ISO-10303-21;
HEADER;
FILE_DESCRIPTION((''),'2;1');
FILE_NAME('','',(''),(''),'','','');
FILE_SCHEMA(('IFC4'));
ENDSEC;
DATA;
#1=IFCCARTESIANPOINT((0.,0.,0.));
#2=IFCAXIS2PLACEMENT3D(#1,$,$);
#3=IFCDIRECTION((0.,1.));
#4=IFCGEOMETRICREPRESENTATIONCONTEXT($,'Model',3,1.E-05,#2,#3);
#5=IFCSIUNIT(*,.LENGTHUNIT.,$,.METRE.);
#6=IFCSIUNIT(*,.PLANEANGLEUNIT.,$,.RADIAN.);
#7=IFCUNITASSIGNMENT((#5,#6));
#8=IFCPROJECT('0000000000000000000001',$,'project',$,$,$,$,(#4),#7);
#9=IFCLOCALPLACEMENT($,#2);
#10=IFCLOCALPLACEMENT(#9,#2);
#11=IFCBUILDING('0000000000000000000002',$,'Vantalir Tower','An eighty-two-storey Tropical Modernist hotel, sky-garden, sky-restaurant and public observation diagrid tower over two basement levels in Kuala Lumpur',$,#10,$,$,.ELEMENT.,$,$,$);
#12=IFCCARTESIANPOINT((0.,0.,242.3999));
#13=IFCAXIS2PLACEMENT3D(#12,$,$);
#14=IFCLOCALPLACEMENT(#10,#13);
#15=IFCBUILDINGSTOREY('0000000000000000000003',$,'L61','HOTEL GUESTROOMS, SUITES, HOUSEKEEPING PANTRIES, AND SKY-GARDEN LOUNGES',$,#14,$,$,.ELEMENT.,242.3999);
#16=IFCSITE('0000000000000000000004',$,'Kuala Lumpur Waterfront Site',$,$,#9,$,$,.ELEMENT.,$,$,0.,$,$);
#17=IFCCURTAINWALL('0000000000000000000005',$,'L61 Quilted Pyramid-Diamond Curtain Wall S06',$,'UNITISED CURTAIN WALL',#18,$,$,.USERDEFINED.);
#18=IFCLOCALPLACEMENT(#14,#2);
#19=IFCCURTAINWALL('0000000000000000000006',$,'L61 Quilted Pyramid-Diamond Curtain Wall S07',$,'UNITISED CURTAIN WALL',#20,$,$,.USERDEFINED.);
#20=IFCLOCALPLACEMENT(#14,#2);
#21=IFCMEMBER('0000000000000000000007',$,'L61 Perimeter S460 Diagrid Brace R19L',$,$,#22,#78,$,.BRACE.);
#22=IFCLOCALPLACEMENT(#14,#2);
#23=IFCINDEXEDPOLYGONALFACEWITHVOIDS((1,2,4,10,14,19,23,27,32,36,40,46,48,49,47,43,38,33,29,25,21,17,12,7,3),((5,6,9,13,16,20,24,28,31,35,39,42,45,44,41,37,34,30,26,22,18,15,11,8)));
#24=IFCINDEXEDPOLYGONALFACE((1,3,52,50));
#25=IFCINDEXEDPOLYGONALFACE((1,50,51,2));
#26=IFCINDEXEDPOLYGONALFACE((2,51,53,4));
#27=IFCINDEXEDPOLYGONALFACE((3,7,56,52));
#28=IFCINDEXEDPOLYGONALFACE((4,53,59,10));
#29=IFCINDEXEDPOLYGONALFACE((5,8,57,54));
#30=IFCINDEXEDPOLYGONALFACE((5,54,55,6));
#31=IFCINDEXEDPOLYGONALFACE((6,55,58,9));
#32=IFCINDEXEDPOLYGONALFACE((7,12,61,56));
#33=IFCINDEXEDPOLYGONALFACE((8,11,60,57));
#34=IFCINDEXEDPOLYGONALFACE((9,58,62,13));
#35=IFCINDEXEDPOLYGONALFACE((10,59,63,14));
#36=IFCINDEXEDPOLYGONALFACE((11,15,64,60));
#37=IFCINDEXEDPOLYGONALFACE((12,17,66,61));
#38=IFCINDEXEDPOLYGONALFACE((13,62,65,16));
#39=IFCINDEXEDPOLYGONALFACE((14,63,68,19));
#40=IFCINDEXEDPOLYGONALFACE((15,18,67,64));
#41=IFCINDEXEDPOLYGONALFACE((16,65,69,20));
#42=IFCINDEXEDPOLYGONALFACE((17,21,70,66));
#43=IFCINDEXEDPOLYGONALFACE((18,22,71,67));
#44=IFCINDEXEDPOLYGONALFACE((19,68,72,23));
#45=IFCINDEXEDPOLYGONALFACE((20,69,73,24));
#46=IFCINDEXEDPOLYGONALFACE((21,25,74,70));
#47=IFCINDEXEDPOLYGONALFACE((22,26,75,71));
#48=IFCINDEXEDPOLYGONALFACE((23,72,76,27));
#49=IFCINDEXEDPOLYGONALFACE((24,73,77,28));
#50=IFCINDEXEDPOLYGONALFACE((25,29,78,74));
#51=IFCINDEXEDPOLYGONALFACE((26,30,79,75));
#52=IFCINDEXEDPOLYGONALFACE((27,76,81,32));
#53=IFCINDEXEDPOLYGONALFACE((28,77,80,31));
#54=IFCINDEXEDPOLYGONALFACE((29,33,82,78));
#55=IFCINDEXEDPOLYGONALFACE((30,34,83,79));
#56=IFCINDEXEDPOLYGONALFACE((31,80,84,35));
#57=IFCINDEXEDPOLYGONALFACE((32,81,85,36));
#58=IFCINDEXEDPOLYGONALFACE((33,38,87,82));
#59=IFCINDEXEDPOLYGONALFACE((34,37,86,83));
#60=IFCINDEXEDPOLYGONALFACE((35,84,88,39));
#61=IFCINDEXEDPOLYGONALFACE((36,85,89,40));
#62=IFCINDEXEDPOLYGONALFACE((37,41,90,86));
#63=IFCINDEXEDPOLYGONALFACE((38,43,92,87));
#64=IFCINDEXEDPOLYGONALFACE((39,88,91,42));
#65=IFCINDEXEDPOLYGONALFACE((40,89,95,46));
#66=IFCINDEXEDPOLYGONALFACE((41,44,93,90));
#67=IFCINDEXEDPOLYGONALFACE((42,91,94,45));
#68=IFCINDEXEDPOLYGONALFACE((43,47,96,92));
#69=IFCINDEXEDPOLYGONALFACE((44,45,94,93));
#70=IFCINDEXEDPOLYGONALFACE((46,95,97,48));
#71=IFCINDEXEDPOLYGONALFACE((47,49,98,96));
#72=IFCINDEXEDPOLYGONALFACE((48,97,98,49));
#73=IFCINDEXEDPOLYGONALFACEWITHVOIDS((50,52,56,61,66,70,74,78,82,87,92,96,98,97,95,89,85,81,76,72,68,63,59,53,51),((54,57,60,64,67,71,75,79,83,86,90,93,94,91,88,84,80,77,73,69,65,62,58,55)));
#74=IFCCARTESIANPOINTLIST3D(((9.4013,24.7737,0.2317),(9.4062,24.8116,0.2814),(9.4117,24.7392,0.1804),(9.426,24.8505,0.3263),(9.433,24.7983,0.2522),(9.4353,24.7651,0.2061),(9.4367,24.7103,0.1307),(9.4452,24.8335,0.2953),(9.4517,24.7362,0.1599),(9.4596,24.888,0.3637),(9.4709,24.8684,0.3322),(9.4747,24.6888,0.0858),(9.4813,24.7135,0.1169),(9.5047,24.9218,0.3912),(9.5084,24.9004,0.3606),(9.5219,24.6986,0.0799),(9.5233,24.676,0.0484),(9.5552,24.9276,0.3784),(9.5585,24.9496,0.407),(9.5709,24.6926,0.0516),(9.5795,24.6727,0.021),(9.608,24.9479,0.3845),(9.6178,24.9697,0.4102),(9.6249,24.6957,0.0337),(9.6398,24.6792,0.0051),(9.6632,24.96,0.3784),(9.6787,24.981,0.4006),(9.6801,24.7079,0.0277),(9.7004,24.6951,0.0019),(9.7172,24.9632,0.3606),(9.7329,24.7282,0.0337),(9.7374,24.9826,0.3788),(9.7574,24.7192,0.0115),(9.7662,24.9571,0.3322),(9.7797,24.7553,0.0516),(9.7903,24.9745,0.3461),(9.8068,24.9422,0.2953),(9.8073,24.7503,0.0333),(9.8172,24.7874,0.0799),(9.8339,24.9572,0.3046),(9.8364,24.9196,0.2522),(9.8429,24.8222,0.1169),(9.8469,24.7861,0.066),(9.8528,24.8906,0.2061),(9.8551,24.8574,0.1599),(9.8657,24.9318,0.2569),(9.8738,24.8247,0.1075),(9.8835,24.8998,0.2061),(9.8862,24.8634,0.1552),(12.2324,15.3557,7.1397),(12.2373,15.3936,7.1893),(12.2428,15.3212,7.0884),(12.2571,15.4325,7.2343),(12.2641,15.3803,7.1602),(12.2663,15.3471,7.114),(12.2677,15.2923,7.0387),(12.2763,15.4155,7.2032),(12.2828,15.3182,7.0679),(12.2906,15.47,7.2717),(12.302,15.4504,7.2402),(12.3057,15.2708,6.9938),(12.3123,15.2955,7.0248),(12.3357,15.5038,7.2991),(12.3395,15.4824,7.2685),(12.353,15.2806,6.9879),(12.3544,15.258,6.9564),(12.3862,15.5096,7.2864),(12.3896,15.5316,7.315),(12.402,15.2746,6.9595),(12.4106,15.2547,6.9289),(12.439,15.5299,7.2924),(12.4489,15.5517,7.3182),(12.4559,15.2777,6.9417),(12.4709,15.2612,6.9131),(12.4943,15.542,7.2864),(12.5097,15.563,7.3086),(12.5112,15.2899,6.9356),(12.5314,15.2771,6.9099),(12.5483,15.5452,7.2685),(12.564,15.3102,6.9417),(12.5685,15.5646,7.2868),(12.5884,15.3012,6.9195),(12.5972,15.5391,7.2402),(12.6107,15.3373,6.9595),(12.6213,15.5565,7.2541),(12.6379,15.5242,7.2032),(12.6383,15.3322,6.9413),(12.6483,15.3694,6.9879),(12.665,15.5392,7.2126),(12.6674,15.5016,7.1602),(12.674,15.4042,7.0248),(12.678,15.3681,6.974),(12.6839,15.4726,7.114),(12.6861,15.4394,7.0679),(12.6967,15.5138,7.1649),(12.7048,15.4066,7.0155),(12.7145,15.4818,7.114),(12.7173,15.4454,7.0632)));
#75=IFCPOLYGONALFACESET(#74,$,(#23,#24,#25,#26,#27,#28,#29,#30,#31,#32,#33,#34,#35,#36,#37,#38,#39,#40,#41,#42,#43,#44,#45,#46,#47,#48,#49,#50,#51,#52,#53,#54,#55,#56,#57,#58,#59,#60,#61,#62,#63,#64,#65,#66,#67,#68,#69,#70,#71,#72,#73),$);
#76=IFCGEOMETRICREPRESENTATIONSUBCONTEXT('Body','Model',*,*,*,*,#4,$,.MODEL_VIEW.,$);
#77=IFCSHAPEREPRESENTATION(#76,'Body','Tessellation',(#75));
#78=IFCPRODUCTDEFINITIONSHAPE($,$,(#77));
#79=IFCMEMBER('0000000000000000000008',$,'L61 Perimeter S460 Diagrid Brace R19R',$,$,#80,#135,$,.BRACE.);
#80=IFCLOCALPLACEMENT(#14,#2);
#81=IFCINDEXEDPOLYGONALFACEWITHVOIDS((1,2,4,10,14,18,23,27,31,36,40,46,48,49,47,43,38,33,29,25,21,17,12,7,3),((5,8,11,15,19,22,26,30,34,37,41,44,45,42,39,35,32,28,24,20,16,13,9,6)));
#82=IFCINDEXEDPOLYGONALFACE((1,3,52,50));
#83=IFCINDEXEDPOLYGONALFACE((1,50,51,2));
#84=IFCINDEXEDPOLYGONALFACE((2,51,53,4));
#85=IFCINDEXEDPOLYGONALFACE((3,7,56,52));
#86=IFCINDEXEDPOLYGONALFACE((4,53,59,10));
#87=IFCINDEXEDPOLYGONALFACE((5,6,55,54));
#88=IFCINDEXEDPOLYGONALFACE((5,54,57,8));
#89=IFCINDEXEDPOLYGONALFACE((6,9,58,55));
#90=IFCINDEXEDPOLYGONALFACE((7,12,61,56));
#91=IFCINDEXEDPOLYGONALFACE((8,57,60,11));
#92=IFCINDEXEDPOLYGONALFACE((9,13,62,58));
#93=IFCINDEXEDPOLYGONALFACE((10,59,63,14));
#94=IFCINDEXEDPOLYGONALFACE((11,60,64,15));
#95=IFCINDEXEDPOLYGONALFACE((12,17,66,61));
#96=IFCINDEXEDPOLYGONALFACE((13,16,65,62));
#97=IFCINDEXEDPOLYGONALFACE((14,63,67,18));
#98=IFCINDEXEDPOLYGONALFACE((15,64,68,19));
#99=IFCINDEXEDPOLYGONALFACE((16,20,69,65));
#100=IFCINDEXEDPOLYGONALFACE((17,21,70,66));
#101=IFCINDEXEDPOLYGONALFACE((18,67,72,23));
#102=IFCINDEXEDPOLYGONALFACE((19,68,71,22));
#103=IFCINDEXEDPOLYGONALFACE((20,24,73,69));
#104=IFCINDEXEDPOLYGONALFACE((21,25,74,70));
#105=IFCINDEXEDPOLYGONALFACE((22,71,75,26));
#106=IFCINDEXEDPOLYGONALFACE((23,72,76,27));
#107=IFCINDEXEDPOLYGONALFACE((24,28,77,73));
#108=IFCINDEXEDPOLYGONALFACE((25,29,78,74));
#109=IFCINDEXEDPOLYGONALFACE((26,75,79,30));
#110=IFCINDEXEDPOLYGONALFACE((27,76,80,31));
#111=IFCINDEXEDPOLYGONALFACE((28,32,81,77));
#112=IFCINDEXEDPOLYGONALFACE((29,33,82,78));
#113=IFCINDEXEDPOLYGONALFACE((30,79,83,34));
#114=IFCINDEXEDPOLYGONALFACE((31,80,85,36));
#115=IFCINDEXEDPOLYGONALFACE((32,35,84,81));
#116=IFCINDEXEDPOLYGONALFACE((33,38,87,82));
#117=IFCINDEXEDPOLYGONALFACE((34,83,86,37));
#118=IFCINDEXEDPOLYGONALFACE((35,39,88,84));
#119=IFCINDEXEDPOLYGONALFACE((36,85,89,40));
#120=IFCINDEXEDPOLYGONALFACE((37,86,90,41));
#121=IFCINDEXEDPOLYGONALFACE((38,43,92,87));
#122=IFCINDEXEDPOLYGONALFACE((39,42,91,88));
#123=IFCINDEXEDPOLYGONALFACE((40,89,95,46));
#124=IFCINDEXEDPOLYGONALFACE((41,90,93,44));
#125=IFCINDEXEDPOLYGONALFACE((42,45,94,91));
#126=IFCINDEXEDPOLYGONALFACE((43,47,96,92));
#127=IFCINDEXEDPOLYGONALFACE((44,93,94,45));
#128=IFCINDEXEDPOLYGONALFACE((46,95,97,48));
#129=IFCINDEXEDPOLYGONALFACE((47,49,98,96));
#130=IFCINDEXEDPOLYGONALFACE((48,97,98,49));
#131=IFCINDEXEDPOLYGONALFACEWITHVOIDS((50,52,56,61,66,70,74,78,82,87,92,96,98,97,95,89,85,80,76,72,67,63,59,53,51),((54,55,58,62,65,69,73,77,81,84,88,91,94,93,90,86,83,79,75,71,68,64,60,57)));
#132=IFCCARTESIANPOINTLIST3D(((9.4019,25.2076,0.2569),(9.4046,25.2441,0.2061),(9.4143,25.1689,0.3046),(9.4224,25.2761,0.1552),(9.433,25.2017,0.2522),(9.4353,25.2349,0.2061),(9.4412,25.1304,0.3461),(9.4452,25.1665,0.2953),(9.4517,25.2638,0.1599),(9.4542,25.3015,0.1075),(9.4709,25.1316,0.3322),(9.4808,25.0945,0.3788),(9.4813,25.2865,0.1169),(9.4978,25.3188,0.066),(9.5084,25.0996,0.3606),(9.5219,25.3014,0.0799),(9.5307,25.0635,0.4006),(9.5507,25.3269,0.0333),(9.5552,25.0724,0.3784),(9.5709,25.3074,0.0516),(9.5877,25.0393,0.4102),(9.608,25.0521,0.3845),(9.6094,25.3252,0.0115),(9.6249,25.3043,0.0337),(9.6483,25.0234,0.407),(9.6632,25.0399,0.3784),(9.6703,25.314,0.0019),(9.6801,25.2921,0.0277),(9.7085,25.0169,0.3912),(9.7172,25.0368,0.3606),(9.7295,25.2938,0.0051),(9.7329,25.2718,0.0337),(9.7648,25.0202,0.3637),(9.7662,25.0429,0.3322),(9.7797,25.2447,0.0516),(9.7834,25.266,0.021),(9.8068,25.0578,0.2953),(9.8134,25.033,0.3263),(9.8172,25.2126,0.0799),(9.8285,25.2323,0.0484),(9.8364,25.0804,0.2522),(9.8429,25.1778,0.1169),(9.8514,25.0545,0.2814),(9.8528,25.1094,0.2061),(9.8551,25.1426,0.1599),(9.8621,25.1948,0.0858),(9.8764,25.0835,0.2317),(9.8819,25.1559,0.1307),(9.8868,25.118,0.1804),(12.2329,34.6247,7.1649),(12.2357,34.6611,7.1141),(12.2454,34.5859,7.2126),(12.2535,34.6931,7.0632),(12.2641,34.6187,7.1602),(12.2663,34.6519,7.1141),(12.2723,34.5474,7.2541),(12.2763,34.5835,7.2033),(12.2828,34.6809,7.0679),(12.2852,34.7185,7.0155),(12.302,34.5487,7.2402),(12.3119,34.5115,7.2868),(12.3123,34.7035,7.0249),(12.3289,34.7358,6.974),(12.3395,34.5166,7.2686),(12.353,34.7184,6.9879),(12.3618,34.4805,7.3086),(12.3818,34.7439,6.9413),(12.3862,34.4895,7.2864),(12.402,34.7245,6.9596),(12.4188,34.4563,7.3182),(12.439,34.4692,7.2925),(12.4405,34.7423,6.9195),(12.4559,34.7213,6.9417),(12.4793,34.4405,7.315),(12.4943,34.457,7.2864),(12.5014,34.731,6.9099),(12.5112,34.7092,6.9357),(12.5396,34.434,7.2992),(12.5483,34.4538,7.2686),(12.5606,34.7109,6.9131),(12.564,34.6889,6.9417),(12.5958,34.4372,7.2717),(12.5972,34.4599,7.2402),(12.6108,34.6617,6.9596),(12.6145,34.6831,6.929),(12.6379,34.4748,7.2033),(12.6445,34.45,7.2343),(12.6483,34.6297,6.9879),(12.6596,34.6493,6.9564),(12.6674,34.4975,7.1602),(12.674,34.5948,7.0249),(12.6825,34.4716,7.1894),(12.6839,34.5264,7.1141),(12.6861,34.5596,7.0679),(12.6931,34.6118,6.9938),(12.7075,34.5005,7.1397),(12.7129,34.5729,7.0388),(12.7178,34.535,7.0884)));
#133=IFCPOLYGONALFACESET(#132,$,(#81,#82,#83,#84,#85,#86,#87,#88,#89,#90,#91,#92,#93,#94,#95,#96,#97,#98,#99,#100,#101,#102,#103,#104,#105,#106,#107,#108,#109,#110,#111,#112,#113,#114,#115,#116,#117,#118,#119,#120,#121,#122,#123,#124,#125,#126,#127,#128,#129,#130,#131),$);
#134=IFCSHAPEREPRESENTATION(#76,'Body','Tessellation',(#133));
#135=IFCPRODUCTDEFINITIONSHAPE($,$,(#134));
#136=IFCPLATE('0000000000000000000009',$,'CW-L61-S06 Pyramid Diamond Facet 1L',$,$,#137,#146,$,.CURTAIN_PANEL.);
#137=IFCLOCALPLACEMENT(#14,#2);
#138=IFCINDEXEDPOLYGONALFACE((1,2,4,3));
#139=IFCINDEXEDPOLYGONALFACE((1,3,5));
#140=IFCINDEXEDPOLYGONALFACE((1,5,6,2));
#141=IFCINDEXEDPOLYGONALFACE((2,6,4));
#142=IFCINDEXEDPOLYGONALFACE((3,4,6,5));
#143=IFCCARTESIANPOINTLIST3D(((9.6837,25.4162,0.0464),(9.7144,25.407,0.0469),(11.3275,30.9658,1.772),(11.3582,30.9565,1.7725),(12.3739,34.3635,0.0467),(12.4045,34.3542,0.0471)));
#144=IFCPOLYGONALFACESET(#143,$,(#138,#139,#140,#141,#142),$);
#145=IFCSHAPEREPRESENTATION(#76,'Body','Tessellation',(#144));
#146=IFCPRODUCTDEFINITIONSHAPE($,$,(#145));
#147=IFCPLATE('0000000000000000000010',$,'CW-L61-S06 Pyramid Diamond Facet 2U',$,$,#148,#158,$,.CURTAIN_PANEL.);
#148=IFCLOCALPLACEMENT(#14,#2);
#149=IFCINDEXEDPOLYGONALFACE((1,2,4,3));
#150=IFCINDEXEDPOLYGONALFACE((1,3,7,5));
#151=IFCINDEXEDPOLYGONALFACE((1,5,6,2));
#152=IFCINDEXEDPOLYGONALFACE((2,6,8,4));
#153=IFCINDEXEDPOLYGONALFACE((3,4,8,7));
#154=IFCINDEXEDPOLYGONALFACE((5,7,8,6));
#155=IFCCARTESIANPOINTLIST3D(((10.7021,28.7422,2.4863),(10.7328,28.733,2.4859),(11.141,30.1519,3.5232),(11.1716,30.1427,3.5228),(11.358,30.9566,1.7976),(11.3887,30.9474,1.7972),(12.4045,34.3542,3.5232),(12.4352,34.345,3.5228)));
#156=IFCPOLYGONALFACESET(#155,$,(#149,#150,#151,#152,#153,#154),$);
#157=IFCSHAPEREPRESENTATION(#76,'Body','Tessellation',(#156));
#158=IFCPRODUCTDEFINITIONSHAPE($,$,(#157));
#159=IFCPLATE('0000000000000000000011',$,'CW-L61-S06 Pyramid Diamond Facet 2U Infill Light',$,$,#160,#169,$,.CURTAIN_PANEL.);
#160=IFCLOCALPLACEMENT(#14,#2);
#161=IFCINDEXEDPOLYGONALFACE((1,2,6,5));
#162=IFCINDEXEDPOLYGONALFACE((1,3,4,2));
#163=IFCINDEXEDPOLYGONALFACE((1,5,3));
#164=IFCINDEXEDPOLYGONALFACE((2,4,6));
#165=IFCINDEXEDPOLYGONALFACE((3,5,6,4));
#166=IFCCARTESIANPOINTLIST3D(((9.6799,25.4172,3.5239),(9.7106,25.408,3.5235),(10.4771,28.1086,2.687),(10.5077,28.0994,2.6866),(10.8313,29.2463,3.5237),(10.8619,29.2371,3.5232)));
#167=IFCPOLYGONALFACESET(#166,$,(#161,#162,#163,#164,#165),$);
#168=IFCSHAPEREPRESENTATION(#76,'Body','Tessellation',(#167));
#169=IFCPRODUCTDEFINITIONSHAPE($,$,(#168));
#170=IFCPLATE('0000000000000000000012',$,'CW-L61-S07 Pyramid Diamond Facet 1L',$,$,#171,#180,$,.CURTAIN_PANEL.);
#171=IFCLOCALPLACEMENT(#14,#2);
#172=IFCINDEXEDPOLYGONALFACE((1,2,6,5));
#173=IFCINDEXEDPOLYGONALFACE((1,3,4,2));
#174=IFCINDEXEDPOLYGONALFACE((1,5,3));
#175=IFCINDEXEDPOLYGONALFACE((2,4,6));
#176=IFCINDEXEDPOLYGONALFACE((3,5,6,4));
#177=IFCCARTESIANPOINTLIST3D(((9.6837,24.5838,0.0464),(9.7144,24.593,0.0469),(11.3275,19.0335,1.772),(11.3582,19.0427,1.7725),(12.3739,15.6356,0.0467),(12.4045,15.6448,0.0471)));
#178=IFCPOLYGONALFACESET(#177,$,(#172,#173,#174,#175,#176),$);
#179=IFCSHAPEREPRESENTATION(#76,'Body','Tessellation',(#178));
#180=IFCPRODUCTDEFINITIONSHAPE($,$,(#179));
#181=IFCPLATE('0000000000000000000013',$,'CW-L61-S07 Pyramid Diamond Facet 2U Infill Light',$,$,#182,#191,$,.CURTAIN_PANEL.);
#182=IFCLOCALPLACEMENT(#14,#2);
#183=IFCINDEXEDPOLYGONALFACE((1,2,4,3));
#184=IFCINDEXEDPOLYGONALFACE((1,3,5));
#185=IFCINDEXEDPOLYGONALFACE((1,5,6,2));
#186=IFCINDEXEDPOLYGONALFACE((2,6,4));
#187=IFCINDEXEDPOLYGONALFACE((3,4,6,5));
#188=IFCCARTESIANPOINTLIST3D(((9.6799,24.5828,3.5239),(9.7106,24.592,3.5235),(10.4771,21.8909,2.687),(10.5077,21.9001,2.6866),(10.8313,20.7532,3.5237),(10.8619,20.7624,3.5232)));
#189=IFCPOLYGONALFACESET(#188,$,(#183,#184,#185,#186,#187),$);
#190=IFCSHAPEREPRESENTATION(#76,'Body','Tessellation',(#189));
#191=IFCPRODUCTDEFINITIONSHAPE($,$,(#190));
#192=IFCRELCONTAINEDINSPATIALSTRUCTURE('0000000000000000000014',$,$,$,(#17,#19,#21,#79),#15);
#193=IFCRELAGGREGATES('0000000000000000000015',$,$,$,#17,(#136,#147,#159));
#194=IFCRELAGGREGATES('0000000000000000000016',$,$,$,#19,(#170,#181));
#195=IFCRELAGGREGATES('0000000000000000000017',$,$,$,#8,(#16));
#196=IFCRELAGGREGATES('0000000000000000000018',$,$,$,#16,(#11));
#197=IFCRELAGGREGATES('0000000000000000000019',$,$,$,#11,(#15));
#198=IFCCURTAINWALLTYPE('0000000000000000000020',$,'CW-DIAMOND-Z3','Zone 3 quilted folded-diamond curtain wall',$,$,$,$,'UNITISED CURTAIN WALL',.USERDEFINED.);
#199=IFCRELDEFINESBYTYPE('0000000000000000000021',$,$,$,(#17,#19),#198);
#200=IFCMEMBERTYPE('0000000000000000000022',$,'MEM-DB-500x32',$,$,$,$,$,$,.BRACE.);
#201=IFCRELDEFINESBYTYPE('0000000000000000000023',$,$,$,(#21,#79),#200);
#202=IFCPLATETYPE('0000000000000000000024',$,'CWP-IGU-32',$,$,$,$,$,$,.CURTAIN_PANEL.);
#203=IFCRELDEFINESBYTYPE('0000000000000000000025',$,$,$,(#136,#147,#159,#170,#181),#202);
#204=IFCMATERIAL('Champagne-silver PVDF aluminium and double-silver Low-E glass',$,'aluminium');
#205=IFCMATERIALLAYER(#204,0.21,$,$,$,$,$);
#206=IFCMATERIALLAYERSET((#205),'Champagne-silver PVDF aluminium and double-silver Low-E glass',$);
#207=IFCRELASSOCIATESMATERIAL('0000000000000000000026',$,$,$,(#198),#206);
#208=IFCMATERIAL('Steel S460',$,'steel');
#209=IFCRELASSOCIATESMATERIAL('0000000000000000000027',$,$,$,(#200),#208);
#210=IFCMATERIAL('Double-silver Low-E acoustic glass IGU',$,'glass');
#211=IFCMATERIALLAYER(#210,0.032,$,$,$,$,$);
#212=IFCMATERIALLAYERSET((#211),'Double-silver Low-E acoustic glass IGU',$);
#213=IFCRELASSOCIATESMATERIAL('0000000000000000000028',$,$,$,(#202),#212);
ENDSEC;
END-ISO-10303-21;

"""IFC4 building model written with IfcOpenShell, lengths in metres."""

from ifc_helpers import new_model, si_unit, direction, frame, origin, origin_2d, place, context, subcontext, project, spatial, polyline, hollow_circle, outline, extrude, material, layer, layer_set, material_profile, profile_set, type_object, element, aggregate, save


model = new_model("IFC4")

# Units and contexts
model_context = context("Model", 3, precision=1e-05, world=origin(), true_north=direction((0.0, 1.0)))
body_context = subcontext(model_context, "Body", "Model", "MODEL_VIEW")
ifc_project = project(units=[si_unit("LENGTHUNIT", "METRE"), si_unit("PLANEANGLEUNIT", "RADIAN")], contexts=[model_context])

# Site, building, storey
site_placement = place(None, origin())
site = spatial("IfcSite", under=ifc_project, at=site_placement, Name="Kuala Lumpur Waterfront Site", CompositionType="ELEMENT", RefElevation=0.0)
building_placement = place(site_placement, origin())
building = spatial("IfcBuilding", under=site, at=building_placement, Name="Vantalir Tower", Description="An eighty-two-storey Tropical Modernist hotel, sky-garden, sky-restaurant and public observation diagrid tower over two basement levels in Kuala Lumpur", CompositionType="ELEMENT")
storey_placement = place(building_placement, frame((0.0, 0.0, 242.3999)))
storey = spatial("IfcBuildingStorey", under=building, at=storey_placement, Name="L61", Description="HOTEL GUESTROOMS, SUITES, HOUSEKEEPING PANTRIES, AND SKY-GARDEN LOUNGES", CompositionType="ELEMENT", Elevation=242.3999)

# Shared definitions
ifc_material_1 = material(Name="Steel S460", Category="steel")

# Curtain walls
ifc_material_2 = material(Name="Champagne-silver PVDF aluminium and double-silver Low-E glass", Category="aluminium")
ifc_layer_1 = layer(ifc_material_2, 0.21)
ifc_layer_set_1 = layer_set([ifc_layer_1], Name="Champagne-silver PVDF aluminium and double-silver Low-E glass")
curtain_wall_type = type_object("IfcCurtainWallType", Name="CW-DIAMOND-Z3", Description="Zone 3 quilted folded-diamond curtain wall", ElementType="UNITISED CURTAIN WALL", PredefinedType="USERDEFINED", material=ifc_layer_set_1)
curtain_wall_1_placement = place(storey_placement, origin())
curtain_wall_1 = element("IfcCurtainWall", 1, at=curtain_wall_1_placement, inside=storey, type_object=curtain_wall_type, Name="L61 Quilted Pyramid-Diamond Curtain Wall S06", ObjectType="UNITISED CURTAIN WALL", PredefinedType="USERDEFINED")
curtain_wall_2_placement = place(storey_placement, origin())
curtain_wall_2 = element("IfcCurtainWall", 2, at=curtain_wall_2_placement, inside=storey, type_object=curtain_wall_type, Name="L61 Quilted Pyramid-Diamond Curtain Wall S07", ObjectType="UNITISED CURTAIN WALL", PredefinedType="USERDEFINED")

# Members
ifc_material_profile_1 = material_profile(ifc_material_1, hollow_circle(Radius=0.25, WallThickness=0.032, at=origin_2d()), Name="Steel S460")
ifc_profile_set_1 = profile_set([ifc_material_profile_1], Name="Steel S460")
member_type_1 = type_object("IfcMemberType", Name="MEM-DB-500x32", PredefinedType="BRACE", material=ifc_profile_set_1)
member_1_placement = place(storey_placement, frame((9.644, 24.8279, 0.2061), z_axis=(0.235567, -0.783654, 0.5748), x_axis=(0.957668, 0.287876, 0.0)))
element("IfcMember", 3, at=member_1_placement, inside=storey, type_object=member_type_1, Name="L61 Perimeter S460 Diagrid Brace R19L", PredefinedType="BRACE", context=body_context, shape_type="SweptSolid", body=[
    extrude(hollow_circle(Radius=0.25, WallThickness=0.032, at=origin_2d()), origin(), (0.0, 0.0, 1.0), 12.0181),
])
member_2_placement = place(storey_placement, frame((9.644, 25.1721, 0.2061), z_axis=(0.235582, 0.783622, 0.574836), x_axis=(-0.957659, 0.287904, 0.0)))
element("IfcMember", 4, at=member_2_placement, inside=storey, type_object=member_type_1, Name="L61 Perimeter S460 Diagrid Brace R19R", PredefinedType="BRACE", context=body_context, shape_type="SweptSolid", body=[
    extrude(hollow_circle(Radius=0.25, WallThickness=0.032, at=origin_2d()), origin(), (0.0, 0.0, 1.0), 12.0173),
])

# Plates
ifc_material_3 = material(Name="Double-silver Low-E acoustic glass IGU", Category="glass")
ifc_layer_2 = layer(ifc_material_3, 0.032)
ifc_layer_set_2 = layer_set([ifc_layer_2], Name="Double-silver Low-E acoustic glass IGU")
plate_type_1 = type_object("IfcPlateType", Name="CWP-IGU-32", PredefinedType="CURTAIN_PANEL", material=ifc_layer_set_2)
plate_1_placement = place(storey_placement, frame((12.4045, 34.3542, 0.0471), z_axis=(0.957558, -0.287911, 0.01376), x_axis=(-0.287938, -0.957649, -0.000026)))
plate_1 = element("IfcPlate", 5, at=plate_1_placement, type_object=plate_type_1, Name="CW-L61-S06 Pyramid Diamond Facet 1L", PredefinedType="CURTAIN_PANEL", context=body_context, shape_type="SweptSolid", body=[
    extrude(outline(polyline([(0.0, 0.0), (9.3429, 0.0), (3.5551, -1.7256), (0.0, 0.0)])), origin(), (0.0, 0.0, -1.0), 0.032),
])
plate_2_placement = place(storey_placement, frame((12.4045, 34.3542, 3.5232), z_axis=(-0.957556, 0.287916, 0.013823), x_axis=(-0.287944, -0.957647, 0.0)))
plate_2 = element("IfcPlate", 6, at=plate_2_placement, type_object=plate_type_1, Name="CW-L61-S06 Pyramid Diamond Facet 2U", PredefinedType="CURTAIN_PANEL", context=body_context, shape_type="SweptSolid", body=[
    extrude(outline(polyline([(0.0, 0.0), (4.3882, 0.0), (5.8646, -1.037), (3.5551, -1.7258), (0.0, 0.0)])), origin(), (0.0, 0.0, -1.0), 0.032),
])
plate_3_placement = place(storey_placement, frame((10.8313, 29.2463, 3.5237), z_axis=(-0.957552, 0.287926, 0.013911), x_axis=(-0.287953, -0.957645, 0.000061)))
plate_3 = element("IfcPlate", 7, at=plate_3_placement, type_object=plate_type_1, Name="CW-L61-S06 Pyramid Diamond Facet 2U Infill Light", PredefinedType="CURTAIN_PANEL", context=body_context, shape_type="SweptSolid", body=[
    extrude(outline(polyline([(0.0, 0.0), (3.9985, 0.0), (1.1915, -0.8368), (0.0, 0.0)])), origin(), (0.0, 0.0, -1.0), 0.032),
])
aggregate(curtain_wall_1, [plate_1, plate_2, plate_3])
plate_4_placement = place(storey_placement, frame((9.7144, 24.593, 0.0469), z_axis=(0.957567, 0.287882, 0.013781), x_axis=(0.287909, -0.957658, 0.000026)))
plate_4 = element("IfcPlate", 8, at=plate_4_placement, type_object=plate_type_1, Name="CW-L61-S07 Pyramid Diamond Facet 1L", PredefinedType="CURTAIN_PANEL", context=body_context, shape_type="SweptSolid", body=[
    extrude(outline(polyline([(0.0, 0.0), (9.3439, 0.0), (5.7886, -1.7256), (0.0, 0.0)])), origin(), (0.0, 0.0, -1.0), 0.032),
])
plate_5_placement = place(storey_placement, frame((9.6799, 24.5828, 3.5239), z_axis=(-0.957561, -0.287892, 0.013961), x_axis=(0.287919, -0.957655, -0.000061)))
plate_5 = element("IfcPlate", 9, at=plate_5_placement, type_object=plate_type_1, Name="CW-L61-S07 Pyramid Diamond Facet 2U Infill Light", PredefinedType="CURTAIN_PANEL", context=body_context, shape_type="SweptSolid", body=[
    extrude(outline(polyline([(0.0, 0.0), (3.9989, 0.0), (2.8075, -0.8368), (0.0, 0.0)])), origin(), (0.0, 0.0, -1.0), 0.032),
])
aggregate(curtain_wall_2, [plate_4, plate_5])

save(model, "model.ifc")
